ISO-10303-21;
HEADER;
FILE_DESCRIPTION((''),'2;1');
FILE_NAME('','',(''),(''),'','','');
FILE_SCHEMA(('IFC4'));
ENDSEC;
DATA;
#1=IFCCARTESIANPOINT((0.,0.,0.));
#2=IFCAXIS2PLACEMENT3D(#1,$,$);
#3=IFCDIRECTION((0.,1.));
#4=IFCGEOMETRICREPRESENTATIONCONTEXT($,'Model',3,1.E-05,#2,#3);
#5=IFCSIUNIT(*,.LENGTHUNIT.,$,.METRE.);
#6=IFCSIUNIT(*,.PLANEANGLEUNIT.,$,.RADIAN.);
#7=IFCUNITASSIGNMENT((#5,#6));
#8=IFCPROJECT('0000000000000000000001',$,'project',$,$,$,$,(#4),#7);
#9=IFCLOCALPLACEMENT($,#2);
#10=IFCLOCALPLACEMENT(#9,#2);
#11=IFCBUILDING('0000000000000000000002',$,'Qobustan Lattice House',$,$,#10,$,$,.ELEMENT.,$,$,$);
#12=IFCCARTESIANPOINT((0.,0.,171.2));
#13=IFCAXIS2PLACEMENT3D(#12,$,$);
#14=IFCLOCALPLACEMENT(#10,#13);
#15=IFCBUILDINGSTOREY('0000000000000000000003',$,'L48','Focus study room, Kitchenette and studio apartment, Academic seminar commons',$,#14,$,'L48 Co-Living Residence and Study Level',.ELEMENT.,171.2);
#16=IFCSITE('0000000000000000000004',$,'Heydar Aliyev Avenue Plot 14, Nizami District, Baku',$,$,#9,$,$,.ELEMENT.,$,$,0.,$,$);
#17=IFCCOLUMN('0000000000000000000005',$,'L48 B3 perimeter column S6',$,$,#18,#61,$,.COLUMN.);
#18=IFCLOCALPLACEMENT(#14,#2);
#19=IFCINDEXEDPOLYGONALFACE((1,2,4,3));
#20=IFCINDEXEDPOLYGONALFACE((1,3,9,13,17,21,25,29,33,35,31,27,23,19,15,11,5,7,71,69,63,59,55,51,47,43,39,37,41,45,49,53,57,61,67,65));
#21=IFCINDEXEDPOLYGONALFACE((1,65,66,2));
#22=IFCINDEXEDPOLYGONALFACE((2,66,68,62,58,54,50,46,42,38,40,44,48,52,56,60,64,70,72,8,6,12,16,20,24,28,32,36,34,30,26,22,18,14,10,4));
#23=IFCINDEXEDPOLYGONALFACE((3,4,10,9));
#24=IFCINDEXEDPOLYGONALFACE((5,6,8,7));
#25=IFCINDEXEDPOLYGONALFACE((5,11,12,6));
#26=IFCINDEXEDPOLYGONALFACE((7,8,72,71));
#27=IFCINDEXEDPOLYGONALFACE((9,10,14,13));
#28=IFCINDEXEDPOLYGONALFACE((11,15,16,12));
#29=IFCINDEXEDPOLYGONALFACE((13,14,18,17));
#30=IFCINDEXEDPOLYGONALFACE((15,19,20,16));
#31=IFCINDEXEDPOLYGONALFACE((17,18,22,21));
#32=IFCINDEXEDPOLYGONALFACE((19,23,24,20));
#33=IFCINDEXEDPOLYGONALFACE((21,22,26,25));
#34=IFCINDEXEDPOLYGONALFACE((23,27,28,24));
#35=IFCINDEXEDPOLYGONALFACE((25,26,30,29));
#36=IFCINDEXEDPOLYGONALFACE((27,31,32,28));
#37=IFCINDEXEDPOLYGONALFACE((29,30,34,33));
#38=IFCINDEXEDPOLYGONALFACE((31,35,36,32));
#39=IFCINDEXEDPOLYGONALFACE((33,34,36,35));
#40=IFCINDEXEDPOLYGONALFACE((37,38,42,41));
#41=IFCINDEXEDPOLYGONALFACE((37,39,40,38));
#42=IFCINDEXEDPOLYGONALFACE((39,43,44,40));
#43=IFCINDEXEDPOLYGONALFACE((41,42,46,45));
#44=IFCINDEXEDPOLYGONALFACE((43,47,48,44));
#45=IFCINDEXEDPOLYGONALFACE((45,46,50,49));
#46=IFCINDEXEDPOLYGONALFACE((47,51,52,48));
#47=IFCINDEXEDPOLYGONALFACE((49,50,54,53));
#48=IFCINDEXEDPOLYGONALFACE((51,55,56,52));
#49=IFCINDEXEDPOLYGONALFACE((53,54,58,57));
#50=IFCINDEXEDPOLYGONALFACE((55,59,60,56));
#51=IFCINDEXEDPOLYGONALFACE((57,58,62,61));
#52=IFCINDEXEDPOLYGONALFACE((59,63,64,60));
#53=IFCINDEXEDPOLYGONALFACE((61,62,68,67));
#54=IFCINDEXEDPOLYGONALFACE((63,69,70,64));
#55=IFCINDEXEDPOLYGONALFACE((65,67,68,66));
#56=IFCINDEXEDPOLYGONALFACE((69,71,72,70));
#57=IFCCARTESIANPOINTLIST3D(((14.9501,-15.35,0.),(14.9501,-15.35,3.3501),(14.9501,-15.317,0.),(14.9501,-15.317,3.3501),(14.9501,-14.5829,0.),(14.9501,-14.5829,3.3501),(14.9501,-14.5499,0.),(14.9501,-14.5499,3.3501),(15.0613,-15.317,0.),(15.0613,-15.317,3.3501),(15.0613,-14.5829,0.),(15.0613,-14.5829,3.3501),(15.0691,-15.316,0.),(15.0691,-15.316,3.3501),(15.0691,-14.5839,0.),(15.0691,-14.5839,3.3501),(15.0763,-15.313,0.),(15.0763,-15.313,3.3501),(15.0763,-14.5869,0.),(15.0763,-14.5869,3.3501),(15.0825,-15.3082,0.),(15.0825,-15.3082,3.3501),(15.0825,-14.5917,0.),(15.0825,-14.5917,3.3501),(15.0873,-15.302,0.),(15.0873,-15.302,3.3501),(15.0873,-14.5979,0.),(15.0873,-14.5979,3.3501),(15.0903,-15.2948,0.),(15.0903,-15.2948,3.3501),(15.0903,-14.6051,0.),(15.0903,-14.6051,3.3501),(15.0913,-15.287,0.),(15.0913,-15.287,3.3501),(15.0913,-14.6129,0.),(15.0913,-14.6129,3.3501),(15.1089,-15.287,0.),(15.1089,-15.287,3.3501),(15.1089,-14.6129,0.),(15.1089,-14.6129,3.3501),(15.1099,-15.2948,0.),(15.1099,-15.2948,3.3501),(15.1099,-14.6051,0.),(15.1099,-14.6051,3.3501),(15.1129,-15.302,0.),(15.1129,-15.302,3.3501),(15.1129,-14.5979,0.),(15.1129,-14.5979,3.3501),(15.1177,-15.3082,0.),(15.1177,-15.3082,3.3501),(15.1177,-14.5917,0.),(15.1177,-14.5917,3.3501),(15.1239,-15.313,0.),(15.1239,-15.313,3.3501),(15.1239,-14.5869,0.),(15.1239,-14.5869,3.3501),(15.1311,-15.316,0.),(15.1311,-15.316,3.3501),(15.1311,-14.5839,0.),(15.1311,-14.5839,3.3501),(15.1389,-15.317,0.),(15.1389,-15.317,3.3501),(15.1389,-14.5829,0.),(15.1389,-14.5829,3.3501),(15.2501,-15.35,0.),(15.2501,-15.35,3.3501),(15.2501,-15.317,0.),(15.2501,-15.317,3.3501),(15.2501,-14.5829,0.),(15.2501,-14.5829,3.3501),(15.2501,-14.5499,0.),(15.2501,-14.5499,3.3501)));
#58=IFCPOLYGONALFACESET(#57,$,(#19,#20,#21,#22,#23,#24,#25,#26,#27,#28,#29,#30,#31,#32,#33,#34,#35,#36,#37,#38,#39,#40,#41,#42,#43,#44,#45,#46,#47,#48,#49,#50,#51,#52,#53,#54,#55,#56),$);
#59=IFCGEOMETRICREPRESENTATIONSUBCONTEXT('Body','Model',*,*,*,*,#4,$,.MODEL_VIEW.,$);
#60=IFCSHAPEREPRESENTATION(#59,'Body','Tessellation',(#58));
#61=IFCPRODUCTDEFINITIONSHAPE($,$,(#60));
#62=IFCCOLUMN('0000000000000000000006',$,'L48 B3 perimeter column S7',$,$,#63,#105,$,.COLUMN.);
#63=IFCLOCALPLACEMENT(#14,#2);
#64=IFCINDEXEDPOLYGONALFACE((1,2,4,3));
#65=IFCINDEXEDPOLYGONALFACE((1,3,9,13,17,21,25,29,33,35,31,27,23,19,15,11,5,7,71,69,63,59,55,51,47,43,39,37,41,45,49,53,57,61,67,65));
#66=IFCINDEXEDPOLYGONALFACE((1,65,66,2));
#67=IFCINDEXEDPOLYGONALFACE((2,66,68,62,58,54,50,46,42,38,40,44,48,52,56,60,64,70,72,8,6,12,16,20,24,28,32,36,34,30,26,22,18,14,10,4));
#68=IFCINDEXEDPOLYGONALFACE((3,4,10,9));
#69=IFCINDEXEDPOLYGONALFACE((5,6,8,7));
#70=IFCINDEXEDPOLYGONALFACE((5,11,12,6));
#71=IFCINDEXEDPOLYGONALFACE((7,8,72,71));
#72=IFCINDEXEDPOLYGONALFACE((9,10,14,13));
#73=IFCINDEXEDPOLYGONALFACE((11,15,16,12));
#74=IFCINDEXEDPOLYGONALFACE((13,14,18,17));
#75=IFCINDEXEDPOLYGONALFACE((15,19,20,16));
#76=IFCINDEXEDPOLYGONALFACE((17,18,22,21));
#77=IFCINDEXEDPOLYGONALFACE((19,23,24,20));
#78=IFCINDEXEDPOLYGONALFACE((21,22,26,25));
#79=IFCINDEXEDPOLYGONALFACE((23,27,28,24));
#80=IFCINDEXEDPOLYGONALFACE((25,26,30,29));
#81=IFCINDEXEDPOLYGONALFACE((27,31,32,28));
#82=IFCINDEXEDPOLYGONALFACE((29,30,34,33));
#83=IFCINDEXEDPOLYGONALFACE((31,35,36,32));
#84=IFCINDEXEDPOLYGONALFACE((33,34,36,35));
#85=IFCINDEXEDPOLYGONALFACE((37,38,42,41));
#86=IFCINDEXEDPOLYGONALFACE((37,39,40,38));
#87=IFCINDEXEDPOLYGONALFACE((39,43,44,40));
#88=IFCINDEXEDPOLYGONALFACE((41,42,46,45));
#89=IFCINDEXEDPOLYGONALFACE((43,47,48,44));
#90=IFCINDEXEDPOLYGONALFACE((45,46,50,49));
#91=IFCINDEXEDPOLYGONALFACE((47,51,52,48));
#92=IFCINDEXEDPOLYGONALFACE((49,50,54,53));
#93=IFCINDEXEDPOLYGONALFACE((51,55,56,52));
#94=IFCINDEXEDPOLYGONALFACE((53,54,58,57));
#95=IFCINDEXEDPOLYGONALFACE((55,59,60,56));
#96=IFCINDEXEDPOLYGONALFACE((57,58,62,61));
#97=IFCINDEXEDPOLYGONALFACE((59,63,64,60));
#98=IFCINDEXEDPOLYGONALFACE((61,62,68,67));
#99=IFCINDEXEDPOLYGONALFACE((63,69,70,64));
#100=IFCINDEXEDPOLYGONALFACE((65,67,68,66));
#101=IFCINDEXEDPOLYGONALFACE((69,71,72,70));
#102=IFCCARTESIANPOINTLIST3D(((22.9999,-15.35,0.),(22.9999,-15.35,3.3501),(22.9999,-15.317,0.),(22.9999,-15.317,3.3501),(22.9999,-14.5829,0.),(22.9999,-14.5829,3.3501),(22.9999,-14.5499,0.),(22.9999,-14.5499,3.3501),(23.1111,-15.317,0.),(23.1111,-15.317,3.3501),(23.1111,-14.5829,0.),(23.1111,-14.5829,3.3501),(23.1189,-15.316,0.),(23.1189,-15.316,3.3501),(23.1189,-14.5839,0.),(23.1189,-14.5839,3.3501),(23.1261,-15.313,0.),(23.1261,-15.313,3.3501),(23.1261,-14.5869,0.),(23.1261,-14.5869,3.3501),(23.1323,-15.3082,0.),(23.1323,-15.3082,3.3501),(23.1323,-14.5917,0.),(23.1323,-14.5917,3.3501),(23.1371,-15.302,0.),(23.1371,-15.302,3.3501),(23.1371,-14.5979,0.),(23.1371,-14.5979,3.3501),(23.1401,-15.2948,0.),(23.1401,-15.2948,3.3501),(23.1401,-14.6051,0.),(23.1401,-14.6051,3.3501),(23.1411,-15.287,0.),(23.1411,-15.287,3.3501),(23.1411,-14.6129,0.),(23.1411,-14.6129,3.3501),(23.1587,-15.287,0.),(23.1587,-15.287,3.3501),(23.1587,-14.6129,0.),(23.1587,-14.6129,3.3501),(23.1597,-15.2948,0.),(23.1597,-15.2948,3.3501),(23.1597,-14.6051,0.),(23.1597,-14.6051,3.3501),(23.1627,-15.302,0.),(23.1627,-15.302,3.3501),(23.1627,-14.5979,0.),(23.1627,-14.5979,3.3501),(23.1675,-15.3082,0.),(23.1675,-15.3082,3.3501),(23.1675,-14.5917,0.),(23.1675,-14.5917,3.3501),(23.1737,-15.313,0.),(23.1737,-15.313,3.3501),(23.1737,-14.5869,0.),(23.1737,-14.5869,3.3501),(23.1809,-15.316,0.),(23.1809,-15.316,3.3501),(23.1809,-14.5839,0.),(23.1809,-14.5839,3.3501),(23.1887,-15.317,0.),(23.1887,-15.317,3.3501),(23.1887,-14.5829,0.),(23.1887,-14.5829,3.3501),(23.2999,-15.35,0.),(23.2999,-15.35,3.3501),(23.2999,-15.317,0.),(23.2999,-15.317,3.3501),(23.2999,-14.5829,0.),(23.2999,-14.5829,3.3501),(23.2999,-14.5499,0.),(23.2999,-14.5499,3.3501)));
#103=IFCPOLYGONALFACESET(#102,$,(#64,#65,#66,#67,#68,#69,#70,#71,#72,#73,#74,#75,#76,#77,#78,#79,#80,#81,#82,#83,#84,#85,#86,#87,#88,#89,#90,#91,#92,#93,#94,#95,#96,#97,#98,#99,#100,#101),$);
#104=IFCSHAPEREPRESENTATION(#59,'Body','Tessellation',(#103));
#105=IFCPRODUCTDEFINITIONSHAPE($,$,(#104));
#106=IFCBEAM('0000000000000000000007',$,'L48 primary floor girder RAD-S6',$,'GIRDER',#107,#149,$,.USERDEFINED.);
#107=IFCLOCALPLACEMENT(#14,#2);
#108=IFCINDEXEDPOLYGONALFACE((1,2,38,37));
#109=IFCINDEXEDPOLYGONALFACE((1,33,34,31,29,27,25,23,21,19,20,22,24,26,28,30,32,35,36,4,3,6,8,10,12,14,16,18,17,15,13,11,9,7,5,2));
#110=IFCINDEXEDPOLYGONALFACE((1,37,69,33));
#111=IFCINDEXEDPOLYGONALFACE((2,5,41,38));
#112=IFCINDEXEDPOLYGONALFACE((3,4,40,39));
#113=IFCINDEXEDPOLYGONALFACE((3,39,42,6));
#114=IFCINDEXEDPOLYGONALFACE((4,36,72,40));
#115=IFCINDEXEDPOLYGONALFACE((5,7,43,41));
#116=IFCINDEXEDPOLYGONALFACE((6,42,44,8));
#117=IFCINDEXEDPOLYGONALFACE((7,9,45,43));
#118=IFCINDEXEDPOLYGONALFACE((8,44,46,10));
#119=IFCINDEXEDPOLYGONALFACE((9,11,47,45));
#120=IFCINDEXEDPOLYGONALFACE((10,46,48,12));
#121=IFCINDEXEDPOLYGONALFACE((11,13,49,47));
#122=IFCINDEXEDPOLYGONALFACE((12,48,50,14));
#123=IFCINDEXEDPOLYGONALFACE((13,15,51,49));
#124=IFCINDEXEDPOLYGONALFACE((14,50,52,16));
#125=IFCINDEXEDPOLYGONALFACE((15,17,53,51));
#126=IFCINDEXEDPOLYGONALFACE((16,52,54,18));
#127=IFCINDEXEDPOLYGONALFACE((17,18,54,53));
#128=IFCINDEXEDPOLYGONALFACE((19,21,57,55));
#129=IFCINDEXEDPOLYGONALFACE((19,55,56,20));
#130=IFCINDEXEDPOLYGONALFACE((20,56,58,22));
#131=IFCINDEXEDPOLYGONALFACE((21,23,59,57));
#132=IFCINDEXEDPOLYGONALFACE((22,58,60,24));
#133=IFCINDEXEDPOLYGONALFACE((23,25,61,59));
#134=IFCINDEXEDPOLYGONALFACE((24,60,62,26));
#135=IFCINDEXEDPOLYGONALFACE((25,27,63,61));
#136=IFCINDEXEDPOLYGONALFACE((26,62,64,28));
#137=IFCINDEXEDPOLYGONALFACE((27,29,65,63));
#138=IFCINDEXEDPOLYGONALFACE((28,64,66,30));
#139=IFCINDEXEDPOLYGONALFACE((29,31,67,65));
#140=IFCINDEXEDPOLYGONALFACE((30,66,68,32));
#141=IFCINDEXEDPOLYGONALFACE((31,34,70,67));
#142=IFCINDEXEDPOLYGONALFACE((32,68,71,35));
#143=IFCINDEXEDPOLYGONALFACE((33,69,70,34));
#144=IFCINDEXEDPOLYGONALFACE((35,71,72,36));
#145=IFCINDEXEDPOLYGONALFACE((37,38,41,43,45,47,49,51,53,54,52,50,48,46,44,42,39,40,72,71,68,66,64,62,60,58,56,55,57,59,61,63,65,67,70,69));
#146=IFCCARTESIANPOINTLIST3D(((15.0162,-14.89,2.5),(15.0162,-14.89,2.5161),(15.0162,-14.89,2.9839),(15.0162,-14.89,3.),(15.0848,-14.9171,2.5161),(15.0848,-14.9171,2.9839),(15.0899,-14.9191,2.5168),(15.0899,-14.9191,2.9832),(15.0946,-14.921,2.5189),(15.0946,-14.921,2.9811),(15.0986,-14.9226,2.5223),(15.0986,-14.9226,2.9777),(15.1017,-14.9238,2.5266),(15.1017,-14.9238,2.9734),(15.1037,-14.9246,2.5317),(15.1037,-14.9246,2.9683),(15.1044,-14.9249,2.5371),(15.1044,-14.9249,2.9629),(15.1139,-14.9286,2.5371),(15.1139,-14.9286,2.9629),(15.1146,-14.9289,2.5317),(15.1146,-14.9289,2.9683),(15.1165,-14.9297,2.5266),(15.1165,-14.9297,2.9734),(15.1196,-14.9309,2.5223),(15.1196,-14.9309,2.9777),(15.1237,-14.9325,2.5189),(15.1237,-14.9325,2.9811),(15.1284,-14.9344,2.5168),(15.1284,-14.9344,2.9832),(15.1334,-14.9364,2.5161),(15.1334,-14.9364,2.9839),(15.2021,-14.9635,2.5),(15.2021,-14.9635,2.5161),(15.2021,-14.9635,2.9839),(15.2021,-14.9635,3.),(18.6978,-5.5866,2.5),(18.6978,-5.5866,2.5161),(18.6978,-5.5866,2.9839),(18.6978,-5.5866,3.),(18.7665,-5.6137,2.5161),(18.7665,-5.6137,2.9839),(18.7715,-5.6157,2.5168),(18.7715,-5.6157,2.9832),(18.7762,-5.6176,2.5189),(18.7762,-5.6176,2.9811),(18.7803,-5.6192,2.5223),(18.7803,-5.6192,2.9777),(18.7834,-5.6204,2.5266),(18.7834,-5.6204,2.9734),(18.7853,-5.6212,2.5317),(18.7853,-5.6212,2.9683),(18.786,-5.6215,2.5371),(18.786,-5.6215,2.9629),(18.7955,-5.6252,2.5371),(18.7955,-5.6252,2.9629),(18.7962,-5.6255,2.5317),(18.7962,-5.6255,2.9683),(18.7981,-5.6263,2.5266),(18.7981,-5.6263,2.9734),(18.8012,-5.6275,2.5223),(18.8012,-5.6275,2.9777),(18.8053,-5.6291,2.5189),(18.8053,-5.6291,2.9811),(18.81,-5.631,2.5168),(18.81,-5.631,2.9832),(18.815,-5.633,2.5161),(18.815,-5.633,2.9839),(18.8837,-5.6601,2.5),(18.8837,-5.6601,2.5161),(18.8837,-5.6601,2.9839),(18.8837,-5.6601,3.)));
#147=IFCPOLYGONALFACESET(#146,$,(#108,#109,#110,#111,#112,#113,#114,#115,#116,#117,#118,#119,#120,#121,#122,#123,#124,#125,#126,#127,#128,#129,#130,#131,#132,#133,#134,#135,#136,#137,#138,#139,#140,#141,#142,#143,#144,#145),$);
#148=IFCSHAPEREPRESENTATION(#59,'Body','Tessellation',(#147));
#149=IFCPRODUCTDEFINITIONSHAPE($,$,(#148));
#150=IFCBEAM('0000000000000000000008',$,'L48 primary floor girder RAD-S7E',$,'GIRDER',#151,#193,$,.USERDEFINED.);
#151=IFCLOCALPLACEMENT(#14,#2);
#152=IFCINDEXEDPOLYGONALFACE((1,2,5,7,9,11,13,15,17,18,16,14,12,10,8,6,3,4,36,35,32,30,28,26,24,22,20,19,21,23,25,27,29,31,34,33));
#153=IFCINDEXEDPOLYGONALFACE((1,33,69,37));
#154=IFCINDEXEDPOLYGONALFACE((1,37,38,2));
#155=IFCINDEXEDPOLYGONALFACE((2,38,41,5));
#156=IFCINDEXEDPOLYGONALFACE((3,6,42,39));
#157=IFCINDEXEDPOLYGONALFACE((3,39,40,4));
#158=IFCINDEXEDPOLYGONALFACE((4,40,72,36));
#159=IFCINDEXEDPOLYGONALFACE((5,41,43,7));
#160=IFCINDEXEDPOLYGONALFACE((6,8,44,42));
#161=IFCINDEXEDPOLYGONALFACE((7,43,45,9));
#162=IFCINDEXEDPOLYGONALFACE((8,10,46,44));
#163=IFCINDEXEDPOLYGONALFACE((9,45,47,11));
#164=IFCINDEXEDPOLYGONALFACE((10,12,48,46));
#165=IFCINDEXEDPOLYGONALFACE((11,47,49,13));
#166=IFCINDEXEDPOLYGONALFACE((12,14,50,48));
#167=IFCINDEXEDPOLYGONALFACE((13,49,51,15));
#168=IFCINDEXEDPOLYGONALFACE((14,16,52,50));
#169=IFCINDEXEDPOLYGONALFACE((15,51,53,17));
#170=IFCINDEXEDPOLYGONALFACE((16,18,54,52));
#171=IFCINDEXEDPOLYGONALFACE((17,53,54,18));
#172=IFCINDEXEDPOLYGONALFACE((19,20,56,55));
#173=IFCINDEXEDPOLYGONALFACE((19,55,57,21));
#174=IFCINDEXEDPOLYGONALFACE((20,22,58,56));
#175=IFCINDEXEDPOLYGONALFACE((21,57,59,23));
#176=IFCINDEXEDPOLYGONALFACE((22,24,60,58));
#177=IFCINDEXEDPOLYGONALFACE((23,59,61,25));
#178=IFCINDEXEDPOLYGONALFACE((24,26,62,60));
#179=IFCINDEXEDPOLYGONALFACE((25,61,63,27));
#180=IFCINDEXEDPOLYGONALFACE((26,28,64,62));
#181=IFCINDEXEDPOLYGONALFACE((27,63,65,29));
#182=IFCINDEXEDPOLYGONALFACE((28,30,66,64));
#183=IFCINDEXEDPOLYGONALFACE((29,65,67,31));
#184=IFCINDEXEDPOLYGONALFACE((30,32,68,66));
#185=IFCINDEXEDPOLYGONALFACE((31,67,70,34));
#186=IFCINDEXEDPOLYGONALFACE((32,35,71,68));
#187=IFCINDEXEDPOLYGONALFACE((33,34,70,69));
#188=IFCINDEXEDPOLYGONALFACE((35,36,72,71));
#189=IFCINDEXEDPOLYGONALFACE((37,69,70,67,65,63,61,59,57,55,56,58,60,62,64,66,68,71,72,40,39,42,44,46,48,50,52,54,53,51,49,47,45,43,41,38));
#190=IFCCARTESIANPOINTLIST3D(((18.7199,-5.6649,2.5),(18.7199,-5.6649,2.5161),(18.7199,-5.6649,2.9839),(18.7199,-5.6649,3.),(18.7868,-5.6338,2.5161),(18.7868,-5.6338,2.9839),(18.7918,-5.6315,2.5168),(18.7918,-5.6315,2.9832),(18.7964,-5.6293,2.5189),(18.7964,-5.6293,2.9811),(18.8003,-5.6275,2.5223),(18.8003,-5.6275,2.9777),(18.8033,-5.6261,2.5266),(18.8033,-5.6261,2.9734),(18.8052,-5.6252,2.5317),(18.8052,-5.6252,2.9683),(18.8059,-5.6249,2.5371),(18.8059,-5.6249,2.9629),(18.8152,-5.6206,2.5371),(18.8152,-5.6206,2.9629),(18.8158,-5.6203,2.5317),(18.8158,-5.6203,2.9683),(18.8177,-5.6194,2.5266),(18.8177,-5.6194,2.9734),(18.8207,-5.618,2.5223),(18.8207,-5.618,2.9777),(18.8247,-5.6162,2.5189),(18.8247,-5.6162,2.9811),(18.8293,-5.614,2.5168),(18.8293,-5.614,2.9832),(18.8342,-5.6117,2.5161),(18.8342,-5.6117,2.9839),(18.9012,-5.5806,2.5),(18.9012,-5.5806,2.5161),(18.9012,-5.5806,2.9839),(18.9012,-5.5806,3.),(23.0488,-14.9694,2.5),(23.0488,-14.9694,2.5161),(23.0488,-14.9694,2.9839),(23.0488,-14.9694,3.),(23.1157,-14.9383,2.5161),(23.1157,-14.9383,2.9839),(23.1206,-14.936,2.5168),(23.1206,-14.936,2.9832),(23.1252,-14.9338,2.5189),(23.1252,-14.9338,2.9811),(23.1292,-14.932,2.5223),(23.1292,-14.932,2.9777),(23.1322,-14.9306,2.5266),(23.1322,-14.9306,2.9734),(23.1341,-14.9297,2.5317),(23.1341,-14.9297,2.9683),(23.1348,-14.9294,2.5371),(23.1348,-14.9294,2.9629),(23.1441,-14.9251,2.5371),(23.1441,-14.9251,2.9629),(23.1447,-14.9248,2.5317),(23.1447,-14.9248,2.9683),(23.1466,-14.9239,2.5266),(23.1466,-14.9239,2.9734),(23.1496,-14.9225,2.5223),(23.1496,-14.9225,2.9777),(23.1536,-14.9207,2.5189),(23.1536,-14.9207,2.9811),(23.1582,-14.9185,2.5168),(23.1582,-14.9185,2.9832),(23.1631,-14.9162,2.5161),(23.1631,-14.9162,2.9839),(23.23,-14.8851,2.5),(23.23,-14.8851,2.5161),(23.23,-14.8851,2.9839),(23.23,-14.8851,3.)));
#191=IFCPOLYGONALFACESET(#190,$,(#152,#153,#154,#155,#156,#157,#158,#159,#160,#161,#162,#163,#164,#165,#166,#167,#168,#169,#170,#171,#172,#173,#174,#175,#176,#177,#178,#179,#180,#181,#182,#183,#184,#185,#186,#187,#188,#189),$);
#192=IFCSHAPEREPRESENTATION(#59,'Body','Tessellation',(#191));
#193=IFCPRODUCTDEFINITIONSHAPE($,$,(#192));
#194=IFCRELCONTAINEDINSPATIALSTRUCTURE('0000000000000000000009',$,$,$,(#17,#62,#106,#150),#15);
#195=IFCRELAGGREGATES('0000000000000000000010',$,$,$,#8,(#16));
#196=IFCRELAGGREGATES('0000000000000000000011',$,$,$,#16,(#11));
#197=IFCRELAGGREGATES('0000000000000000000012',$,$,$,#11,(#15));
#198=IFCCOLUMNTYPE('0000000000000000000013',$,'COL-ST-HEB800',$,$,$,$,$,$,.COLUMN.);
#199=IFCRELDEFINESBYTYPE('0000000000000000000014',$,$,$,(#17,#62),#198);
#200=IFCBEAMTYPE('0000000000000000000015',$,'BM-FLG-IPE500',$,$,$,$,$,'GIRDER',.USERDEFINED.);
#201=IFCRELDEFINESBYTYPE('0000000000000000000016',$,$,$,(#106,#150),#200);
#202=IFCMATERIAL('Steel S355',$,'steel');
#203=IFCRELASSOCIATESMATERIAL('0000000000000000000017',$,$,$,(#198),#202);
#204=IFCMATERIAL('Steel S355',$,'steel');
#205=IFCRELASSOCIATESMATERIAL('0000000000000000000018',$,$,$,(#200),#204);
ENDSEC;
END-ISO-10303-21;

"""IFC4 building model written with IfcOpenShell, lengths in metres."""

from ifc_helpers import new_model, si_unit, direction, frame, origin, origin_2d, place, context, subcontext, project, spatial, i_section, extrude, material, material_profile, profile_set, type_object, element, save


model = new_model("IFC4")

# Units and contexts
model_context = context("Model", 3, precision=1e-05, world=origin(), true_north=direction((0.0, 1.0)))
body_context = subcontext(model_context, "Body", "Model", "MODEL_VIEW")
ifc_project = project(units=[si_unit("LENGTHUNIT", "METRE"), si_unit("PLANEANGLEUNIT", "RADIAN")], contexts=[model_context])

# Site, building, storey
site_placement = place(None, origin())
site = spatial("IfcSite", under=ifc_project, at=site_placement, Name="Heydar Aliyev Avenue Plot 14, Nizami District, Baku", CompositionType="ELEMENT", RefElevation=0.0)
building_placement = place(site_placement, origin())
building = spatial("IfcBuilding", under=site, at=building_placement, Name="Qobustan Lattice House", CompositionType="ELEMENT")
storey_placement = place(building_placement, frame((0.0, 0.0, 171.2)))
storey = spatial("IfcBuildingStorey", under=building, at=storey_placement, Name="L48", Description="Focus study room, Kitchenette and studio apartment, Academic seminar commons", LongName="L48 Co-Living Residence and Study Level", CompositionType="ELEMENT", Elevation=171.2)

# Columns
ifc_material_1 = material(Name="Steel S355", Category="steel")
ifc_material_profile_1 = material_profile(ifc_material_1, i_section(OverallWidth=0.3, OverallDepth=0.8, WebThickness=0.0176, FlangeThickness=0.033, FilletRadius=0.03, at=origin_2d()), Name="HEB800")
ifc_profile_set_1 = profile_set([ifc_material_profile_1], Name="Steel S355")
column_type = type_object("IfcColumnType", Name="COL-ST-HEB800", PredefinedType="COLUMN", material=ifc_profile_set_1)
for number, where, z_axis, x_axis, name in (
    (1, (15.1001, -14.95, 0.0), (0.0, 0.0, 1.0), (1.0, 0.0, 0.0), "L48 B3 perimeter column S6"),
    (2, (23.1499, -14.95, 0.0), (0.0, 0.0, 1.0), (1.0, 0.0, 0.0), "L48 B3 perimeter column S7"),
):
    element("IfcColumn", number, at=place(storey_placement, frame(where, z_axis=z_axis, x_axis=x_axis)), inside=storey, type_object=column_type, Name=name, PredefinedType="COLUMN", context=body_context, shape_type="SweptSolid", body=[
        extrude(i_section(OverallWidth=0.3, OverallDepth=0.8, WebThickness=0.0176, FlangeThickness=0.033, FilletRadius=0.03, at=origin_2d()), origin(), (0.0, 0.0, 1.0), 3.3501),
    ])

# Beams
ifc_material_2 = material(Name="Steel S355", Category="steel")
ifc_material_profile_2 = material_profile(ifc_material_2, i_section(OverallWidth=0.2, OverallDepth=0.5, WebThickness=0.0103, FlangeThickness=0.0161, FilletRadius=0.021, at=origin_2d()), Name="IPE500")
ifc_profile_set_2 = profile_set([ifc_material_profile_2], Name="Steel S355")
beam_type_1 = type_object("IfcBeamType", Name="BM-FLG-IPE500", ElementType="GIRDER", PredefinedType="USERDEFINED", material=ifc_profile_set_2)
beam_1_placement = place(storey_placement, frame((15.1091, -14.9268, 2.75), z_axis=(0.367964, 0.92984, 0.0), x_axis=(-0.92984, 0.367964, 0.0)))
element("IfcBeam", 3, at=beam_1_placement, inside=storey, type_object=beam_type_1, Name="L48 primary floor girder RAD-S6", ObjectType="GIRDER", PredefinedType="USERDEFINED", context=body_context, shape_type="SweptSolid", body=[
    extrude(i_section(OverallWidth=0.2, OverallDepth=0.5, WebThickness=0.0103, FlangeThickness=0.0161, FilletRadius=0.021, at=origin_2d()), origin(), (0.0, 0.0, 1.0), 10.0054),
])
beam_2_placement = place(storey_placement, frame((23.1394, -14.9272, 2.75), z_axis=(-0.421828, 0.906676, 0.0), x_axis=(-0.906676, -0.421828, 0.0)))
element("IfcBeam", 4, at=beam_2_placement, inside=storey, type_object=beam_type_1, Name="L48 primary floor girder RAD-S7E", ObjectType="GIRDER", PredefinedType="USERDEFINED", context=body_context, shape_type="SweptSolid", body=[
    extrude(i_section(OverallWidth=0.2, OverallDepth=0.5, WebThickness=0.0103, FlangeThickness=0.0161, FilletRadius=0.021, at=origin_2d()), origin(), (0.0, 0.0, 1.0), 10.2622),
])

save(model, "model.ifc")
